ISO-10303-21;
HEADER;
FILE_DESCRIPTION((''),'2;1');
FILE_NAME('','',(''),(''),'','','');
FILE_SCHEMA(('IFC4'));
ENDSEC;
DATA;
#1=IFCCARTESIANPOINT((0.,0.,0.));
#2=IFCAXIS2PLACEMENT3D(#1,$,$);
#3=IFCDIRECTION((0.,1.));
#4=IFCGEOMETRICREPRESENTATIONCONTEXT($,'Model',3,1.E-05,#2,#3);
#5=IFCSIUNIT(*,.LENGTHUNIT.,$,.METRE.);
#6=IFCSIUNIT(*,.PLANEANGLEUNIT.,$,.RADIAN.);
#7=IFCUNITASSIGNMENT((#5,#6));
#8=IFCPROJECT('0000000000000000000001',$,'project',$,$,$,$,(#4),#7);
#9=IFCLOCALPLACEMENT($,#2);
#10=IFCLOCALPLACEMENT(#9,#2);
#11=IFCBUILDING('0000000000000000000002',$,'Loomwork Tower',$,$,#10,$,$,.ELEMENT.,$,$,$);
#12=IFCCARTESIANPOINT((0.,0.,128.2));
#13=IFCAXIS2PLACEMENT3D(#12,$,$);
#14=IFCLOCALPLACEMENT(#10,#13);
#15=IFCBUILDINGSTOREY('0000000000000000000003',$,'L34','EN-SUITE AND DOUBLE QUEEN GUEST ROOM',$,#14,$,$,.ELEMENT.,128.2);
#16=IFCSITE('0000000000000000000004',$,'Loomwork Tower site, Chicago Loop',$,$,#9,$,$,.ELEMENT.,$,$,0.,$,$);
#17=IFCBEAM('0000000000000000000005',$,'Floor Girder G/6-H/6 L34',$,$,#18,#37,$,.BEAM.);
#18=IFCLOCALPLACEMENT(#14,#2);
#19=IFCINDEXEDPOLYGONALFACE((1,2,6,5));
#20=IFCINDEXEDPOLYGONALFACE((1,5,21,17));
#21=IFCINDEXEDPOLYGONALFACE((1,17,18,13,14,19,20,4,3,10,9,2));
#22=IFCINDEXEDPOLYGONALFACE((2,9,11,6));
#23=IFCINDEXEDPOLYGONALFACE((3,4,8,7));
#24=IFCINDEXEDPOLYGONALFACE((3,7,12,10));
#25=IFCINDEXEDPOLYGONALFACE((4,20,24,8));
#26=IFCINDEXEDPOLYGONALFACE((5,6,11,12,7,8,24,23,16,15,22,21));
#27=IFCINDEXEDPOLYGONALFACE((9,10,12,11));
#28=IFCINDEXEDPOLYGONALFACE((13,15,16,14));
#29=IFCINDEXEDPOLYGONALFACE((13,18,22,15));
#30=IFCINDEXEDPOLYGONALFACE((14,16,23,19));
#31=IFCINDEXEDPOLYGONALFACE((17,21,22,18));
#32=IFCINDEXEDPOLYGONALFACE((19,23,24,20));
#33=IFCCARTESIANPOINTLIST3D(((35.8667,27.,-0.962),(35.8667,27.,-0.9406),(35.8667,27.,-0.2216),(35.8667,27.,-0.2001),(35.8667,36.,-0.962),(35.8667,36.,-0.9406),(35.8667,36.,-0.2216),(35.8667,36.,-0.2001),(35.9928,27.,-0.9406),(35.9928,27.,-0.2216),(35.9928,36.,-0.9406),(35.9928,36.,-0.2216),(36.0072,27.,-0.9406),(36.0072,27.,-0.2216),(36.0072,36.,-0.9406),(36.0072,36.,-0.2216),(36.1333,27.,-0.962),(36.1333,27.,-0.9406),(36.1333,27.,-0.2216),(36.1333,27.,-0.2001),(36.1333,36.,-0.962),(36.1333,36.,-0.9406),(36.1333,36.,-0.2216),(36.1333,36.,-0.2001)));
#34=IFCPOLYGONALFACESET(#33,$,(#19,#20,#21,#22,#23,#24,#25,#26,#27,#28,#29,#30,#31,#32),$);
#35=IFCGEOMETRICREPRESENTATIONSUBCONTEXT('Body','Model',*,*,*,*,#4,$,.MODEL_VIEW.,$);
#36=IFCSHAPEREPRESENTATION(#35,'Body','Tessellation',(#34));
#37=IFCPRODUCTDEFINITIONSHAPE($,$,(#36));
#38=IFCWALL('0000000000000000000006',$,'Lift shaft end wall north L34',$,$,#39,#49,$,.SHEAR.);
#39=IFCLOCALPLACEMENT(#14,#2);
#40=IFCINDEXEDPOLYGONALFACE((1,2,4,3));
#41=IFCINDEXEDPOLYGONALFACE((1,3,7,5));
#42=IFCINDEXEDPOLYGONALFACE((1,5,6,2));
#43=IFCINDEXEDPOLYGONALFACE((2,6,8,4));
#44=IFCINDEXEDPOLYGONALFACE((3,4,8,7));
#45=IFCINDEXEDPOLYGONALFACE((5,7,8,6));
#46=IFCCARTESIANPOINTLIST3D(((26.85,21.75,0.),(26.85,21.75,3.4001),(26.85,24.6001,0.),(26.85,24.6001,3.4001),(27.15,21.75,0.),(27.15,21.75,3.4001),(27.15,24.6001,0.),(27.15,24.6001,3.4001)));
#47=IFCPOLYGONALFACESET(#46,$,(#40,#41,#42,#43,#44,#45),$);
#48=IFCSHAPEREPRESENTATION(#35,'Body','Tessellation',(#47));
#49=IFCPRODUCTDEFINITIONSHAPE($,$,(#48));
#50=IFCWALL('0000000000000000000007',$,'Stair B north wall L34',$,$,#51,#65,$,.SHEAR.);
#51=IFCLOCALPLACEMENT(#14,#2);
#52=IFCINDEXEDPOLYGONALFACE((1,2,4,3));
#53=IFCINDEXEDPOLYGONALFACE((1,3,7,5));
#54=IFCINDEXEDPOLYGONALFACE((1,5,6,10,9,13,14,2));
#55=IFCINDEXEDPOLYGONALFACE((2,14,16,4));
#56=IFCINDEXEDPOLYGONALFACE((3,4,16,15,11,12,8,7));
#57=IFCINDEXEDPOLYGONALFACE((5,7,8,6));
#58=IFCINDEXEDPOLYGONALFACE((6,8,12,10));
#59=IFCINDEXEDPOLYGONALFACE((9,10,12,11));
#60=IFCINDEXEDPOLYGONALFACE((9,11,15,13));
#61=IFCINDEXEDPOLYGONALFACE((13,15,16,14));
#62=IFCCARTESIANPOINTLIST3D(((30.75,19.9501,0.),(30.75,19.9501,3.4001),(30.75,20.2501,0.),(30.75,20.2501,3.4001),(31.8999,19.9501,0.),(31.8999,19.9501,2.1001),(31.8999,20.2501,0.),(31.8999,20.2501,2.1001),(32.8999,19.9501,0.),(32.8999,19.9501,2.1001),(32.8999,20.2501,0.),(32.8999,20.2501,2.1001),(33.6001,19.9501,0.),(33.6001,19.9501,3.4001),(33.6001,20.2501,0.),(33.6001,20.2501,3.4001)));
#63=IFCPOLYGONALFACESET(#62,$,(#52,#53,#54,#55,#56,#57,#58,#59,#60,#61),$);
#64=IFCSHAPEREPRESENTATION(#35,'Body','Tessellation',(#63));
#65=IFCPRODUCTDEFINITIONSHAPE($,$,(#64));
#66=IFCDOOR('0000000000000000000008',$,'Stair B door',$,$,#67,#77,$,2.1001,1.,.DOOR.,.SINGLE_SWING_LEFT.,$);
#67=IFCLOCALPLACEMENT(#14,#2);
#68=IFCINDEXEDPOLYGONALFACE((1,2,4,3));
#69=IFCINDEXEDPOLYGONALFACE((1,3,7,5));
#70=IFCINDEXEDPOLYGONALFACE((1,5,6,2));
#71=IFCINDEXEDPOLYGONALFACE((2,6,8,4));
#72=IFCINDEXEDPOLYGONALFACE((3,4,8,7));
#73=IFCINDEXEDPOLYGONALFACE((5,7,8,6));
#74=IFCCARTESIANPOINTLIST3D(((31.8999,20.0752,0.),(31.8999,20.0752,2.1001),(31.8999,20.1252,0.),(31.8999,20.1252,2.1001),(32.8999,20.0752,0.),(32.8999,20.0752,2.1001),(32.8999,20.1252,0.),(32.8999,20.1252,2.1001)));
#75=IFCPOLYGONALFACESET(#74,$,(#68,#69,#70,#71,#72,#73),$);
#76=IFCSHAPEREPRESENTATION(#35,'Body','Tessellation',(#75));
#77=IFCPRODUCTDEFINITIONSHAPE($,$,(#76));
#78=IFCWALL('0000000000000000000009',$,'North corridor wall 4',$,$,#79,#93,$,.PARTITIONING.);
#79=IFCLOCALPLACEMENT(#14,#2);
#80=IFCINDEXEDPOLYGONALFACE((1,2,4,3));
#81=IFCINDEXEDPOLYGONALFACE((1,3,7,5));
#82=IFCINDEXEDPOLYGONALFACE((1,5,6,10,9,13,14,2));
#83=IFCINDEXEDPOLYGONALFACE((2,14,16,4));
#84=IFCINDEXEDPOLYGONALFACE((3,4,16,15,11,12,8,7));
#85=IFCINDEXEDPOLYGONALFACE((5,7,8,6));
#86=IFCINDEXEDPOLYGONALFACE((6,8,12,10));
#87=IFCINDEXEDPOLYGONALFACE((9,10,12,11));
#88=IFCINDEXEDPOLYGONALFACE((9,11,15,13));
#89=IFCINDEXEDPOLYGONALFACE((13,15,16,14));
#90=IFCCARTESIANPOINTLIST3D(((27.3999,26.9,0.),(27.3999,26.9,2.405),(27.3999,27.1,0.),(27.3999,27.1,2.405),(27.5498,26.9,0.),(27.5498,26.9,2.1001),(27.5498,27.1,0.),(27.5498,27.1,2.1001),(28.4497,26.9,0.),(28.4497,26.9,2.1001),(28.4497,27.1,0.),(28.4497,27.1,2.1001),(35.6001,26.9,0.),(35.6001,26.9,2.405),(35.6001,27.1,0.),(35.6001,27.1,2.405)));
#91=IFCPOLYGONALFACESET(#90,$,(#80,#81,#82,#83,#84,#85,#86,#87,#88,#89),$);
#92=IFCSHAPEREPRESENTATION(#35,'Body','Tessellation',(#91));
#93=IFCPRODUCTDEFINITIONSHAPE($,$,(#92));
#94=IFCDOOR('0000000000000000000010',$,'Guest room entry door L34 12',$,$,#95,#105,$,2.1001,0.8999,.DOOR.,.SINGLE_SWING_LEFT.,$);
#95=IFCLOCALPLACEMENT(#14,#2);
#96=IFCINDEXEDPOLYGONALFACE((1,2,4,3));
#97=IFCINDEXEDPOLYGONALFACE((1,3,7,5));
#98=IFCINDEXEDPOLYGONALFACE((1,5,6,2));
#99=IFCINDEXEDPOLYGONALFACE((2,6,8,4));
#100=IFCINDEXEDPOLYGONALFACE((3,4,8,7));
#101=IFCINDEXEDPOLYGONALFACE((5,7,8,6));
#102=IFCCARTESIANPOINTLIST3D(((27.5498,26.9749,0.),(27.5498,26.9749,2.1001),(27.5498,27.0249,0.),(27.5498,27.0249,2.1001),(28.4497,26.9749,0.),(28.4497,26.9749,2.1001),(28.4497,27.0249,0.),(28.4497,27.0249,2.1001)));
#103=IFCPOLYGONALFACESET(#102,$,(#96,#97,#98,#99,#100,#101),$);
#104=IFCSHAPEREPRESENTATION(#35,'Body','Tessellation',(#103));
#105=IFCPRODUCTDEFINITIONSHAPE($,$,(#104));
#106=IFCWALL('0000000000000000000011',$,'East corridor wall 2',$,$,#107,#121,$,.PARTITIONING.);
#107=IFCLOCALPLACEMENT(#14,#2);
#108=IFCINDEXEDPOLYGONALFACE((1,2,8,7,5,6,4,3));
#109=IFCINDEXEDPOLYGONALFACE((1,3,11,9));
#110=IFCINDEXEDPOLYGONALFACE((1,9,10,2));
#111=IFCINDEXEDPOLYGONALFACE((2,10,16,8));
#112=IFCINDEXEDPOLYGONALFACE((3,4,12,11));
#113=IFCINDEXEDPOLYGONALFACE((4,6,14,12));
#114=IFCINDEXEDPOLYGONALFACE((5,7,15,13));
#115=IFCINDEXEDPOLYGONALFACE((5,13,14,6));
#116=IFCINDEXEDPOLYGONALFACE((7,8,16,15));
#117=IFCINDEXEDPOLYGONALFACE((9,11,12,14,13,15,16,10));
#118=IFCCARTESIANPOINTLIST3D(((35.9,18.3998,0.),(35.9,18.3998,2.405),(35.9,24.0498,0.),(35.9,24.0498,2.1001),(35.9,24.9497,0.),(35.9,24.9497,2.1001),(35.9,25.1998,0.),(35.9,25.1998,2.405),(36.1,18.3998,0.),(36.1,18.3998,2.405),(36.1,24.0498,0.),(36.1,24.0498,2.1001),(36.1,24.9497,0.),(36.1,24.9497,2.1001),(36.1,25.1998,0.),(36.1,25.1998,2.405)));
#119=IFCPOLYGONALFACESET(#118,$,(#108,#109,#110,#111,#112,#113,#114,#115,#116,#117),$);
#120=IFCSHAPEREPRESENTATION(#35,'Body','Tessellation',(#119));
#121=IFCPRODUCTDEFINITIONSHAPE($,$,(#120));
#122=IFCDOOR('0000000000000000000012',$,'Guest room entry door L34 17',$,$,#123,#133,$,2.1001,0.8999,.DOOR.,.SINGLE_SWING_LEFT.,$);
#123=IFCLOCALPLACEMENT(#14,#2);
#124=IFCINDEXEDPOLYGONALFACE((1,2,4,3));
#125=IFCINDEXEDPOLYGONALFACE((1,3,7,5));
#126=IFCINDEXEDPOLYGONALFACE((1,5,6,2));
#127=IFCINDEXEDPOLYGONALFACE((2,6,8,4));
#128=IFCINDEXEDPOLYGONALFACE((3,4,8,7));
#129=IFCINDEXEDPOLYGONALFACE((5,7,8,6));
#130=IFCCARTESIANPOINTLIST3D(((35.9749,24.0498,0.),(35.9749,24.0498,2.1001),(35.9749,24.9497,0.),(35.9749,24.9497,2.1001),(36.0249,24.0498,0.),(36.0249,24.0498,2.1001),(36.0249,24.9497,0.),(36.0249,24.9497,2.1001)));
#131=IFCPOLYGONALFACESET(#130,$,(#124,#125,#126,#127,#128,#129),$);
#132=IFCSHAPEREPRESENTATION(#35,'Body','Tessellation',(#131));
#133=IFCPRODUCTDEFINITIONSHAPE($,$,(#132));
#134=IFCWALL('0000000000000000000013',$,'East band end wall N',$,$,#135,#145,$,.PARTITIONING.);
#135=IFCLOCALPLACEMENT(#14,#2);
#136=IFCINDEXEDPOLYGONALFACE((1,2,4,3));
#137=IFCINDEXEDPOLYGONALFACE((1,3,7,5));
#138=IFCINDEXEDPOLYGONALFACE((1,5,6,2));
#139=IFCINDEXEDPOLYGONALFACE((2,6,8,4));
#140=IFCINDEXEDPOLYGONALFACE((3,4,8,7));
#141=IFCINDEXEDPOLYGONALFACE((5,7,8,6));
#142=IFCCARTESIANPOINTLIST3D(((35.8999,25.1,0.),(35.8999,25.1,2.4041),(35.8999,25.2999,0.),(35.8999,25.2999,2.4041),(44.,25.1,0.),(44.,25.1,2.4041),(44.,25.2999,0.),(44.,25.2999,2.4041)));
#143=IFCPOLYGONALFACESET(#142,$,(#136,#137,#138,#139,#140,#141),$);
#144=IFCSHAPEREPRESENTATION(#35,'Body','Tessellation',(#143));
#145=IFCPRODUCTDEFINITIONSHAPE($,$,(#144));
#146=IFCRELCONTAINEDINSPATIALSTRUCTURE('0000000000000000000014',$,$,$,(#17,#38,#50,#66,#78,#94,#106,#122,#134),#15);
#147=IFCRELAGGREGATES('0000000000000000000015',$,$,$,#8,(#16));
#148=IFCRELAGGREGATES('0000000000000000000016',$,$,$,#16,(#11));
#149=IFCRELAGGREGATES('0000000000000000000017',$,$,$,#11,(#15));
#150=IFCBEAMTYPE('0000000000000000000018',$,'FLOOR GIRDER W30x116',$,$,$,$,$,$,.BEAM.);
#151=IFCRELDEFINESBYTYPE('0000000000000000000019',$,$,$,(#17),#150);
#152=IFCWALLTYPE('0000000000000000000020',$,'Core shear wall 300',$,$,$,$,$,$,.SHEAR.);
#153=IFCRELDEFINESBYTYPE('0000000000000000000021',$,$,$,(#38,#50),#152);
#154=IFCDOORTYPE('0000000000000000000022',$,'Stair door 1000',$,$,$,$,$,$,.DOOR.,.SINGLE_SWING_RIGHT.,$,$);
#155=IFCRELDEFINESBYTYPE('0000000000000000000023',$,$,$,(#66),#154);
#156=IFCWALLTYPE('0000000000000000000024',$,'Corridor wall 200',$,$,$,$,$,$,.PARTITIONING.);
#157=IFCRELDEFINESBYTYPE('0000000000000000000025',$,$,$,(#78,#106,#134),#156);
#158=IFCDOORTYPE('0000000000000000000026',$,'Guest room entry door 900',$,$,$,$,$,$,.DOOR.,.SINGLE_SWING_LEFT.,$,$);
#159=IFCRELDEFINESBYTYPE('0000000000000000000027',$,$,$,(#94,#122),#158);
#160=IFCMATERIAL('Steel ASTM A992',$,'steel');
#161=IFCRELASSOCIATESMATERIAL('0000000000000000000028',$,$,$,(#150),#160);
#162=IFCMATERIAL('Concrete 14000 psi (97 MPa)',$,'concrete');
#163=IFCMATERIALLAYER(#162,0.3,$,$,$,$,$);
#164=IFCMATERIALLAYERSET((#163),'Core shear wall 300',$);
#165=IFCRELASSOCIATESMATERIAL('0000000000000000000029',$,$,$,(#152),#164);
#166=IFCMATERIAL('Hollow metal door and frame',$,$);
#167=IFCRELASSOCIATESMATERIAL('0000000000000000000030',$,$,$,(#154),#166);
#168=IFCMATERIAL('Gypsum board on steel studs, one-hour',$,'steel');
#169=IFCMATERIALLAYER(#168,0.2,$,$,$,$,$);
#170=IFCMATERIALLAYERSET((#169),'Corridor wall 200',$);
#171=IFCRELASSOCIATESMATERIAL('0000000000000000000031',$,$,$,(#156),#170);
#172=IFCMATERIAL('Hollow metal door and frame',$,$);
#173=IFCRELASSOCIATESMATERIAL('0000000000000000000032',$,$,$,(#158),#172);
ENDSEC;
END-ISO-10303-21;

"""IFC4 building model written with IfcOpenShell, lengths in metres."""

from ifc_helpers import new_model, si_unit, direction, frame, frame_2d, origin, origin_2d, place, context, subcontext, project, spatial, rectangle, i_section, extrude, material, layer, layer_set, material_profile, profile_set, type_object, element, fill, save


model = new_model("IFC4")

# Units and contexts
model_context = context("Model", 3, precision=1e-05, world=origin(), true_north=direction((0.0, 1.0)))
body_context = subcontext(model_context, "Body", "Model", "MODEL_VIEW")
ifc_project = project(units=[si_unit("LENGTHUNIT", "METRE"), si_unit("PLANEANGLEUNIT", "RADIAN")], contexts=[model_context])

# Site, building, storey
site_placement = place(None, origin())
site = spatial("IfcSite", under=ifc_project, at=site_placement, Name="Loomwork Tower site, Chicago Loop", CompositionType="ELEMENT", RefElevation=0.0)
building_placement = place(site_placement, origin())
building = spatial("IfcBuilding", under=site, at=building_placement, Name="Loomwork Tower", CompositionType="ELEMENT")
storey_placement = place(building_placement, frame((0.0, 0.0, 128.2)))
storey = spatial("IfcBuildingStorey", under=building, at=storey_placement, Name="L34", Description="EN-SUITE AND DOUBLE QUEEN GUEST ROOM", CompositionType="ELEMENT", Elevation=128.2)

# Beam
ifc_material_1 = material(Name="Steel ASTM A992", Category="steel")
ifc_material_profile_1 = material_profile(ifc_material_1, i_section(OverallWidth=0.2666, OverallDepth=0.762, WebThickness=0.0144, FlangeThickness=0.0215, at=origin_2d()), Name="W30x116")
ifc_profile_set_1 = profile_set([ifc_material_profile_1], Name="Steel ASTM A992")
beam_type_1 = type_object("IfcBeamType", Name="FLOOR GIRDER W30x116", PredefinedType="BEAM", material=ifc_profile_set_1)
for number, where, z_axis, x_axis, name in (
    (1, (36.0, 27.0, -0.5811), (0.0, 1.0, 0.0), (-1.0, 0.0, 0.0), "Floor Girder G/6-H/6 L34"),
):
    element("IfcBeam", number, at=place(storey_placement, frame(where, z_axis=z_axis, x_axis=x_axis)), inside=storey, type_object=beam_type_1, Name=name, PredefinedType="BEAM", context=body_context, shape_type="SweptSolid", body=[
        extrude(i_section(OverallWidth=0.2666, OverallDepth=0.762, WebThickness=0.0144, FlangeThickness=0.0215, at=origin_2d()), origin(), (0.0, 0.0, 1.0), 9.0),
    ])

# Wall
ifc_material_2 = material(Name="Concrete 14000 psi (97 MPa)", Category="concrete")
ifc_layer_1 = layer(ifc_material_2, 0.3)
ifc_layer_set_1 = layer_set([ifc_layer_1], Name="Core shear wall 300")
wall_type_1 = type_object("IfcWallType", Name="Core shear wall 300", PredefinedType="SHEAR", material=ifc_layer_set_1)
wall_1_placement = place(storey_placement, frame((27.0, 21.75, 0.0), z_axis=(0.0, 0.0, 1.0), x_axis=(0.0, 1.0, 0.0)))
element("IfcWall", 2, at=wall_1_placement, inside=storey, type_object=wall_type_1, Name="Lift shaft end wall north L34", PredefinedType="SHEAR", context=body_context, shape_type="SweptSolid", body=[
    extrude(rectangle(XDim=2.8501, YDim=0.3, at=frame_2d((1.425, 0.0))), origin(), (0.0, 0.0, 1.0), 3.4001),
])

# Walls, openings, doors
wall_2_placement = place(storey_placement, frame((30.75, 20.1001, 0.0), z_axis=(0.0, 0.0, 1.0), x_axis=(1.0, 0.0, 0.0)))
wall_2 = element("IfcWall", 3, at=wall_2_placement, inside=storey, type_object=wall_type_1, Name="Stair B north wall L34", PredefinedType="SHEAR", context=body_context, shape_type="SweptSolid", body=[
    extrude(rectangle(XDim=2.8501, YDim=0.3, at=frame_2d((1.425, 0.0))), origin(), (0.0, 0.0, 1.0), 3.4001),
])
opening_1_placement = place(wall_2_placement, frame((1.1499, 0.0, 0.0)))
opening_1 = element("IfcOpeningElement", 4, at=opening_1_placement, cuts=wall_2, PredefinedType="OPENING", context=body_context, shape_type="SweptSolid", body=[
    extrude(rectangle(XDim=1.0, YDim=2.1001, at=frame_2d((0.5, 1.05))), frame((0.0, 0.1599, 0.0), z_axis=(0.0, -1.0, 0.0), x_axis=(1.0, 0.0, 0.0)), (0.0, 0.0, 1.0), 0.3201),
])
ifc_material_3 = material(Name="Hollow metal door and frame")
door_type_1 = type_object("IfcDoorType", Name="Stair door 1000", OperationType="SINGLE_SWING_RIGHT", PredefinedType="DOOR", material=ifc_material_3)
door_1_placement = place(opening_1_placement, frame((1.0, 0.0, 0.0), z_axis=(0.0, 0.0, 1.0), x_axis=(-1.0, 0.0, 0.0)))
door_1 = element("IfcDoor", 5, at=door_1_placement, inside=storey, type_object=door_type_1, Name="Stair B door", OperationType="SINGLE_SWING_LEFT", OverallHeight=2.1001, OverallWidth=1.0, PredefinedType="DOOR", context=body_context, shape_type="SweptSolid", body=[
    extrude(rectangle(XDim=1.0, YDim=2.1001, at=frame_2d((0.5, 1.05))), frame((0.0, 0.0249, 0.0), z_axis=(0.0, -1.0, 0.0), x_axis=(1.0, 0.0, 0.0)), (0.0, 0.0, 1.0), 0.05),
])
fill(opening_1, door_1)
ifc_material_4 = material(Name="Gypsum board on steel studs, one-hour", Category="steel")
ifc_layer_2 = layer(ifc_material_4, 0.2)
ifc_layer_set_2 = layer_set([ifc_layer_2], Name="Corridor wall 200")
wall_type_2 = type_object("IfcWallType", Name="Corridor wall 200", PredefinedType="PARTITIONING", material=ifc_layer_set_2)
wall_3_placement = place(storey_placement, frame((27.3999, 27.0, 0.0), z_axis=(0.0, 0.0, 1.0), x_axis=(1.0, 0.0, 0.0)))
wall_3 = element("IfcWall", 6, at=wall_3_placement, inside=storey, type_object=wall_type_2, Name="North corridor wall 4", PredefinedType="PARTITIONING", context=body_context, shape_type="SweptSolid", body=[
    extrude(rectangle(XDim=8.2002, YDim=0.2, at=frame_2d((4.1001, 0.0))), origin(), (0.0, 0.0, 1.0), 2.405),
])
opening_2_placement = place(wall_3_placement, frame((0.1499, 0.0, 0.0)))
opening_2 = element("IfcOpeningElement", 7, at=opening_2_placement, cuts=wall_3, PredefinedType="OPENING", context=body_context, shape_type="SweptSolid", body=[
    extrude(rectangle(XDim=0.8999, YDim=2.1001, at=frame_2d((0.45, 1.05))), frame((0.0, 0.1099, 0.0), z_axis=(0.0, -1.0, 0.0), x_axis=(1.0, 0.0, 0.0)), (0.0, 0.0, 1.0), 0.22),
])
ifc_material_5 = material(Name="Hollow metal door and frame")
door_type_2 = type_object("IfcDoorType", Name="Guest room entry door 900", OperationType="SINGLE_SWING_LEFT", PredefinedType="DOOR", material=ifc_material_5)
door_2_placement = place(opening_2_placement, origin())
door_2 = element("IfcDoor", 8, at=door_2_placement, inside=storey, type_object=door_type_2, Name="Guest room entry door L34 12", OperationType="SINGLE_SWING_LEFT", OverallHeight=2.1001, OverallWidth=0.8999, PredefinedType="DOOR", context=body_context, shape_type="SweptSolid", body=[
    extrude(rectangle(XDim=0.8999, YDim=2.1001, at=frame_2d((0.45, 1.05))), frame((0.0, 0.0249, 0.0), z_axis=(0.0, -1.0, 0.0), x_axis=(1.0, 0.0, 0.0)), (0.0, 0.0, 1.0), 0.05),
])
fill(opening_2, door_2)
wall_4_placement = place(storey_placement, frame((36.0, 18.3999, 0.0), z_axis=(0.0, 0.0, 1.0), x_axis=(0.0, 1.0, 0.0)))
wall_4 = element("IfcWall", 9, at=wall_4_placement, inside=storey, type_object=wall_type_2, Name="East corridor wall 2", PredefinedType="PARTITIONING", context=body_context, shape_type="SweptSolid", body=[
    extrude(rectangle(XDim=6.8, YDim=0.2, at=frame_2d((3.3999, 0.0))), origin(), (0.0, 0.0, 1.0), 2.405),
])
opening_3_placement = place(wall_4_placement, frame((5.6499, 0.0, 0.0)))
opening_3 = element("IfcOpeningElement", 10, at=opening_3_placement, cuts=wall_4, PredefinedType="OPENING", context=body_context, shape_type="SweptSolid", body=[
    extrude(rectangle(XDim=0.8999, YDim=2.1001, at=frame_2d((0.45, 1.05))), frame((0.0, 0.1099, 0.0), z_axis=(0.0, -1.0, 0.0), x_axis=(1.0, 0.0, 0.0)), (0.0, 0.0, 1.0), 0.22),
])
door_3_placement = place(opening_3_placement, frame((0.8999, 0.0, 0.0), z_axis=(0.0, 0.0, 1.0), x_axis=(-1.0, 0.0, 0.0)))
door_3 = element("IfcDoor", 11, at=door_3_placement, inside=storey, type_object=door_type_2, Name="Guest room entry door L34 17", OperationType="SINGLE_SWING_LEFT", OverallHeight=2.1001, OverallWidth=0.8999, PredefinedType="DOOR", context=body_context, shape_type="SweptSolid", body=[
    extrude(rectangle(XDim=0.8999, YDim=2.1001, at=frame_2d((0.45, 1.05))), frame((0.0, 0.0249, 0.0), z_axis=(0.0, -1.0, 0.0), x_axis=(1.0, 0.0, 0.0)), (0.0, 0.0, 1.0), 0.05),
])
fill(opening_3, door_3)

# Wall
wall_5_placement = place(storey_placement, frame((35.8999, 25.2, 0.0), z_axis=(0.0, 0.0, 1.0), x_axis=(1.0, 0.0, 0.0)))
element("IfcWall", 12, at=wall_5_placement, inside=storey, type_object=wall_type_2, Name="East band end wall N", PredefinedType="PARTITIONING", context=body_context, shape_type="SweptSolid", body=[
    extrude(rectangle(XDim=8.1001, YDim=0.2, at=frame_2d((4.05, 0.0))), origin(), (0.0, 0.0, 1.0), 2.4041),
])

save(model, "model.ifc")
